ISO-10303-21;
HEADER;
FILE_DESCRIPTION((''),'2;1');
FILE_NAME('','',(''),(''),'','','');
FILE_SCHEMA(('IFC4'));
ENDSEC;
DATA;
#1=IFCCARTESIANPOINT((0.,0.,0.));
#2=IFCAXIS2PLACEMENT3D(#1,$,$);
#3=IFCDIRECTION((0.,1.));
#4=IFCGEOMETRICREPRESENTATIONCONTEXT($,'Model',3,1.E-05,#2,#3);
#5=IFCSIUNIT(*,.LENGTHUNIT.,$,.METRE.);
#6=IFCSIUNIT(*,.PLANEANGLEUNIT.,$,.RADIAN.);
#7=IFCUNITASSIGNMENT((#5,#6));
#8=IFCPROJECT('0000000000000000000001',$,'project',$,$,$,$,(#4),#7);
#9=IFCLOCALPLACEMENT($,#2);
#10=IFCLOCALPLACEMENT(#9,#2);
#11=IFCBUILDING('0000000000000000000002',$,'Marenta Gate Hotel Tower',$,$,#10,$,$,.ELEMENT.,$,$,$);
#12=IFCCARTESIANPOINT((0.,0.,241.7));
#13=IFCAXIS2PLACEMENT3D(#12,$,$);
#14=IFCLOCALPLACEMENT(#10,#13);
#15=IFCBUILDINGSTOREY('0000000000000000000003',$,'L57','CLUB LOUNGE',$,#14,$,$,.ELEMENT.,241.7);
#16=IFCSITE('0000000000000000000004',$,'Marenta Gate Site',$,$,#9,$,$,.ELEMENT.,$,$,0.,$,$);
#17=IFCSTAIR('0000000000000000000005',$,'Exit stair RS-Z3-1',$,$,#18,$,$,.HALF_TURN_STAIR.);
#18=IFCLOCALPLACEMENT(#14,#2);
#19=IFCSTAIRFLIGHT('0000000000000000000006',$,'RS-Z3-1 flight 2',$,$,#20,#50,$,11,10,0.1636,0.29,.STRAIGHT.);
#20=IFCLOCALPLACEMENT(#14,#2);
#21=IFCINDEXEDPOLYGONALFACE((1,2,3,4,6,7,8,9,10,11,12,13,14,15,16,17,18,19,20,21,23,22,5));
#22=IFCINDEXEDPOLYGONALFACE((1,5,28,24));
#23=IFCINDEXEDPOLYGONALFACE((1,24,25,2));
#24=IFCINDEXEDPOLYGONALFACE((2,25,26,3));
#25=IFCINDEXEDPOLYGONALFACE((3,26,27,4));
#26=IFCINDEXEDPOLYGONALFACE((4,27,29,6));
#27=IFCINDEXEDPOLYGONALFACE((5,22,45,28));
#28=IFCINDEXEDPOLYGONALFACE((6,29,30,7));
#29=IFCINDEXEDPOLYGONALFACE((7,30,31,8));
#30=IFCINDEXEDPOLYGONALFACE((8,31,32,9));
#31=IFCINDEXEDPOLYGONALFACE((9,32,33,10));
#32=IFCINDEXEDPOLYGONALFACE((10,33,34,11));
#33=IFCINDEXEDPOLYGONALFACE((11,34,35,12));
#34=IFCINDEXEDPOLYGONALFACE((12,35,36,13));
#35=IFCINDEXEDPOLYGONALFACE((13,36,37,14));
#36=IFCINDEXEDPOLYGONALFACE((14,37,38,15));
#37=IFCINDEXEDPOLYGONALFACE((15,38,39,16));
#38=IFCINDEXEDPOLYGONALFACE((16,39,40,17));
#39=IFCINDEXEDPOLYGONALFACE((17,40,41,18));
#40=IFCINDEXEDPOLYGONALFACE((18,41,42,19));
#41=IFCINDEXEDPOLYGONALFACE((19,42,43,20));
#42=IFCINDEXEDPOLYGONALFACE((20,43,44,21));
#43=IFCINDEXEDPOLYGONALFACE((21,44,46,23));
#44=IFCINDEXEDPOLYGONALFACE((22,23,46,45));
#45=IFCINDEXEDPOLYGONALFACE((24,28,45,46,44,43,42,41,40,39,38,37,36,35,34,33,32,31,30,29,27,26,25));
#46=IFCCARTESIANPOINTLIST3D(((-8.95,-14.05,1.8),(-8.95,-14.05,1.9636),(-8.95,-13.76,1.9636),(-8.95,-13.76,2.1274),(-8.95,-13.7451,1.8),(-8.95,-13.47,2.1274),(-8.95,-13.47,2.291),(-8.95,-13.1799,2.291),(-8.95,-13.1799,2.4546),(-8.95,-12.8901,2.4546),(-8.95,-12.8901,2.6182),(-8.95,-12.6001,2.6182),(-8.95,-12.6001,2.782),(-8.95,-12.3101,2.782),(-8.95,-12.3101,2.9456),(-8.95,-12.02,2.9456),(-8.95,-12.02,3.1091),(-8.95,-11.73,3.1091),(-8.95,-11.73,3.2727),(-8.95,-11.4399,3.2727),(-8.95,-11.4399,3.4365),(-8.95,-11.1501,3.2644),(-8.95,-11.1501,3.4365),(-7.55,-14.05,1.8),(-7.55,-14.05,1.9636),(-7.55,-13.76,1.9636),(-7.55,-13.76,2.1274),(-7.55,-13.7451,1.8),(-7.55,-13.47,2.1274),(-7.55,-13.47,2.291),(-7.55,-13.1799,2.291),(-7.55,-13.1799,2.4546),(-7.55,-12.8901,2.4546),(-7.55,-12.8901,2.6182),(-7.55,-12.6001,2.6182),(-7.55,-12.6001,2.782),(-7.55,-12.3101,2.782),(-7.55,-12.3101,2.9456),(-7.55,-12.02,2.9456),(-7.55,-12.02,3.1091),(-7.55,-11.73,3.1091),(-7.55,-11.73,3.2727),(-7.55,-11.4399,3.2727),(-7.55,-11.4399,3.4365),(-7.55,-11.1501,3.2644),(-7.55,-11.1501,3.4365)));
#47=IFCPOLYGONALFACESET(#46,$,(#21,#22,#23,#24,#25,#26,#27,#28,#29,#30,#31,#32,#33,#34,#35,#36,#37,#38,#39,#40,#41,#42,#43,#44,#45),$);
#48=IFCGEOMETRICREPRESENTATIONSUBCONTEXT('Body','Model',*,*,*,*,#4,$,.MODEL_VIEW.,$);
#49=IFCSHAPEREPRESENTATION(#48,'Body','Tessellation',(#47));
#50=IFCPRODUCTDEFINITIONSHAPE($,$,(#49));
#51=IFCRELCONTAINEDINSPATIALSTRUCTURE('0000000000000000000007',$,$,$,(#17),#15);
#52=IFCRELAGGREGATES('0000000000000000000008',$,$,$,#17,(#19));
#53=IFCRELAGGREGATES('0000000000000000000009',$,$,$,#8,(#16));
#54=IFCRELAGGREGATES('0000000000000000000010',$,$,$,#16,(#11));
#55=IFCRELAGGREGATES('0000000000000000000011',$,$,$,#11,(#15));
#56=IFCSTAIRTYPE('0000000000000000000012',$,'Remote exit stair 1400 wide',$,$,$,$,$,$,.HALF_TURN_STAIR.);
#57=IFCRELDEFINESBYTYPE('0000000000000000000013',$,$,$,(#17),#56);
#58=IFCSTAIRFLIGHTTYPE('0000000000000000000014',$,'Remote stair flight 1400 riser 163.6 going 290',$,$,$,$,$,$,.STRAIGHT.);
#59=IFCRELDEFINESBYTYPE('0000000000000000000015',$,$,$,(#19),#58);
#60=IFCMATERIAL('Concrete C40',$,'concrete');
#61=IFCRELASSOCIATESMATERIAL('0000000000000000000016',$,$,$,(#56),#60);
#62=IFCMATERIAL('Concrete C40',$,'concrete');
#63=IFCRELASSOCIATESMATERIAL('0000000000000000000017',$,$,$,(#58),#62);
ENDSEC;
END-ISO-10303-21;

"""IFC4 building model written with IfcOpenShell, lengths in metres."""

from ifc_helpers import new_model, si_unit, direction, frame, origin, place, context, subcontext, project, spatial, polyline, outline, extrude, material, type_object, element, aggregate, save


model = new_model("IFC4")

# Units and contexts
model_context = context("Model", 3, precision=1e-05, world=origin(), true_north=direction((0.0, 1.0)))
body_context = subcontext(model_context, "Body", "Model", "MODEL_VIEW")
ifc_project = project(units=[si_unit("LENGTHUNIT", "METRE"), si_unit("PLANEANGLEUNIT", "RADIAN")], contexts=[model_context])

# Site, building, storey
site_placement = place(None, origin())
site = spatial("IfcSite", under=ifc_project, at=site_placement, Name="Marenta Gate Site", CompositionType="ELEMENT", RefElevation=0.0)
building_placement = place(site_placement, origin())
building = spatial("IfcBuilding", under=site, at=building_placement, Name="Marenta Gate Hotel Tower", CompositionType="ELEMENT")
storey_placement = place(building_placement, frame((0.0, 0.0, 241.7)))
storey = spatial("IfcBuildingStorey", under=building, at=storey_placement, Name="L57", Description="CLUB LOUNGE", CompositionType="ELEMENT", Elevation=241.7)

# Stair, stair flight
ifc_material_1 = material(Name="Concrete C40", Category="concrete")
stair_type = type_object("IfcStairType", Name="Remote exit stair 1400 wide", PredefinedType="HALF_TURN_STAIR", material=ifc_material_1)
stair_placement = place(storey_placement, origin())
stair = element("IfcStair", 1, at=stair_placement, inside=storey, type_object=stair_type, Name="Exit stair RS-Z3-1", PredefinedType="HALF_TURN_STAIR")
ifc_material_2 = material(Name="Concrete C40", Category="concrete")
stair_flight_type = type_object("IfcStairFlightType", Name="Remote stair flight 1400 riser 163.6 going 290", PredefinedType="STRAIGHT", material=ifc_material_2)
stair_flight_placement = place(storey_placement, frame((-8.25, -14.05, 1.8), z_axis=(0.0, 0.0, 1.0), x_axis=(0.0, 1.0, 0.0)))
stair_flight = element("IfcStairFlight", 2, at=stair_flight_placement, type_object=stair_flight_type, Name="RS-Z3-1 flight 2", NumberOfRisers=11, NumberOfTreads=10, PredefinedType="STRAIGHT", RiserHeight=0.1636, TreadLength=0.29, context=body_context, shape_type="SweptSolid", body=[
    extrude(outline(polyline([(0.0, 0.0), (0.0, 0.1636), (0.29, 0.1636), (0.29, 0.3274), (0.5801, 0.3274), (0.5801, 0.491), (0.8701, 0.491), (0.8701, 0.6545), (1.1599, 0.6545), (1.1599, 0.8181), (1.45, 0.8181), (1.45, 0.9819), (1.74, 0.9819), (1.74, 1.1455), (2.03, 1.1455), (2.03, 1.3091), (2.3201, 1.3091), (2.3201, 1.4727), (2.6101, 1.4727), (2.6101, 1.6365), (2.8999, 1.6365), (2.8999, 1.8), (2.8999, 1.4644), (0.3049, 0.0), (0.0, 0.0)])), frame((0.0, 0.7, 0.0), z_axis=(0.0, -1.0, 0.0), x_axis=(1.0, 0.0, 0.0)), (0.0, 0.0, 1.0), 1.3999),
])
aggregate(stair, [stair_flight])

save(model, "model.ifc")
